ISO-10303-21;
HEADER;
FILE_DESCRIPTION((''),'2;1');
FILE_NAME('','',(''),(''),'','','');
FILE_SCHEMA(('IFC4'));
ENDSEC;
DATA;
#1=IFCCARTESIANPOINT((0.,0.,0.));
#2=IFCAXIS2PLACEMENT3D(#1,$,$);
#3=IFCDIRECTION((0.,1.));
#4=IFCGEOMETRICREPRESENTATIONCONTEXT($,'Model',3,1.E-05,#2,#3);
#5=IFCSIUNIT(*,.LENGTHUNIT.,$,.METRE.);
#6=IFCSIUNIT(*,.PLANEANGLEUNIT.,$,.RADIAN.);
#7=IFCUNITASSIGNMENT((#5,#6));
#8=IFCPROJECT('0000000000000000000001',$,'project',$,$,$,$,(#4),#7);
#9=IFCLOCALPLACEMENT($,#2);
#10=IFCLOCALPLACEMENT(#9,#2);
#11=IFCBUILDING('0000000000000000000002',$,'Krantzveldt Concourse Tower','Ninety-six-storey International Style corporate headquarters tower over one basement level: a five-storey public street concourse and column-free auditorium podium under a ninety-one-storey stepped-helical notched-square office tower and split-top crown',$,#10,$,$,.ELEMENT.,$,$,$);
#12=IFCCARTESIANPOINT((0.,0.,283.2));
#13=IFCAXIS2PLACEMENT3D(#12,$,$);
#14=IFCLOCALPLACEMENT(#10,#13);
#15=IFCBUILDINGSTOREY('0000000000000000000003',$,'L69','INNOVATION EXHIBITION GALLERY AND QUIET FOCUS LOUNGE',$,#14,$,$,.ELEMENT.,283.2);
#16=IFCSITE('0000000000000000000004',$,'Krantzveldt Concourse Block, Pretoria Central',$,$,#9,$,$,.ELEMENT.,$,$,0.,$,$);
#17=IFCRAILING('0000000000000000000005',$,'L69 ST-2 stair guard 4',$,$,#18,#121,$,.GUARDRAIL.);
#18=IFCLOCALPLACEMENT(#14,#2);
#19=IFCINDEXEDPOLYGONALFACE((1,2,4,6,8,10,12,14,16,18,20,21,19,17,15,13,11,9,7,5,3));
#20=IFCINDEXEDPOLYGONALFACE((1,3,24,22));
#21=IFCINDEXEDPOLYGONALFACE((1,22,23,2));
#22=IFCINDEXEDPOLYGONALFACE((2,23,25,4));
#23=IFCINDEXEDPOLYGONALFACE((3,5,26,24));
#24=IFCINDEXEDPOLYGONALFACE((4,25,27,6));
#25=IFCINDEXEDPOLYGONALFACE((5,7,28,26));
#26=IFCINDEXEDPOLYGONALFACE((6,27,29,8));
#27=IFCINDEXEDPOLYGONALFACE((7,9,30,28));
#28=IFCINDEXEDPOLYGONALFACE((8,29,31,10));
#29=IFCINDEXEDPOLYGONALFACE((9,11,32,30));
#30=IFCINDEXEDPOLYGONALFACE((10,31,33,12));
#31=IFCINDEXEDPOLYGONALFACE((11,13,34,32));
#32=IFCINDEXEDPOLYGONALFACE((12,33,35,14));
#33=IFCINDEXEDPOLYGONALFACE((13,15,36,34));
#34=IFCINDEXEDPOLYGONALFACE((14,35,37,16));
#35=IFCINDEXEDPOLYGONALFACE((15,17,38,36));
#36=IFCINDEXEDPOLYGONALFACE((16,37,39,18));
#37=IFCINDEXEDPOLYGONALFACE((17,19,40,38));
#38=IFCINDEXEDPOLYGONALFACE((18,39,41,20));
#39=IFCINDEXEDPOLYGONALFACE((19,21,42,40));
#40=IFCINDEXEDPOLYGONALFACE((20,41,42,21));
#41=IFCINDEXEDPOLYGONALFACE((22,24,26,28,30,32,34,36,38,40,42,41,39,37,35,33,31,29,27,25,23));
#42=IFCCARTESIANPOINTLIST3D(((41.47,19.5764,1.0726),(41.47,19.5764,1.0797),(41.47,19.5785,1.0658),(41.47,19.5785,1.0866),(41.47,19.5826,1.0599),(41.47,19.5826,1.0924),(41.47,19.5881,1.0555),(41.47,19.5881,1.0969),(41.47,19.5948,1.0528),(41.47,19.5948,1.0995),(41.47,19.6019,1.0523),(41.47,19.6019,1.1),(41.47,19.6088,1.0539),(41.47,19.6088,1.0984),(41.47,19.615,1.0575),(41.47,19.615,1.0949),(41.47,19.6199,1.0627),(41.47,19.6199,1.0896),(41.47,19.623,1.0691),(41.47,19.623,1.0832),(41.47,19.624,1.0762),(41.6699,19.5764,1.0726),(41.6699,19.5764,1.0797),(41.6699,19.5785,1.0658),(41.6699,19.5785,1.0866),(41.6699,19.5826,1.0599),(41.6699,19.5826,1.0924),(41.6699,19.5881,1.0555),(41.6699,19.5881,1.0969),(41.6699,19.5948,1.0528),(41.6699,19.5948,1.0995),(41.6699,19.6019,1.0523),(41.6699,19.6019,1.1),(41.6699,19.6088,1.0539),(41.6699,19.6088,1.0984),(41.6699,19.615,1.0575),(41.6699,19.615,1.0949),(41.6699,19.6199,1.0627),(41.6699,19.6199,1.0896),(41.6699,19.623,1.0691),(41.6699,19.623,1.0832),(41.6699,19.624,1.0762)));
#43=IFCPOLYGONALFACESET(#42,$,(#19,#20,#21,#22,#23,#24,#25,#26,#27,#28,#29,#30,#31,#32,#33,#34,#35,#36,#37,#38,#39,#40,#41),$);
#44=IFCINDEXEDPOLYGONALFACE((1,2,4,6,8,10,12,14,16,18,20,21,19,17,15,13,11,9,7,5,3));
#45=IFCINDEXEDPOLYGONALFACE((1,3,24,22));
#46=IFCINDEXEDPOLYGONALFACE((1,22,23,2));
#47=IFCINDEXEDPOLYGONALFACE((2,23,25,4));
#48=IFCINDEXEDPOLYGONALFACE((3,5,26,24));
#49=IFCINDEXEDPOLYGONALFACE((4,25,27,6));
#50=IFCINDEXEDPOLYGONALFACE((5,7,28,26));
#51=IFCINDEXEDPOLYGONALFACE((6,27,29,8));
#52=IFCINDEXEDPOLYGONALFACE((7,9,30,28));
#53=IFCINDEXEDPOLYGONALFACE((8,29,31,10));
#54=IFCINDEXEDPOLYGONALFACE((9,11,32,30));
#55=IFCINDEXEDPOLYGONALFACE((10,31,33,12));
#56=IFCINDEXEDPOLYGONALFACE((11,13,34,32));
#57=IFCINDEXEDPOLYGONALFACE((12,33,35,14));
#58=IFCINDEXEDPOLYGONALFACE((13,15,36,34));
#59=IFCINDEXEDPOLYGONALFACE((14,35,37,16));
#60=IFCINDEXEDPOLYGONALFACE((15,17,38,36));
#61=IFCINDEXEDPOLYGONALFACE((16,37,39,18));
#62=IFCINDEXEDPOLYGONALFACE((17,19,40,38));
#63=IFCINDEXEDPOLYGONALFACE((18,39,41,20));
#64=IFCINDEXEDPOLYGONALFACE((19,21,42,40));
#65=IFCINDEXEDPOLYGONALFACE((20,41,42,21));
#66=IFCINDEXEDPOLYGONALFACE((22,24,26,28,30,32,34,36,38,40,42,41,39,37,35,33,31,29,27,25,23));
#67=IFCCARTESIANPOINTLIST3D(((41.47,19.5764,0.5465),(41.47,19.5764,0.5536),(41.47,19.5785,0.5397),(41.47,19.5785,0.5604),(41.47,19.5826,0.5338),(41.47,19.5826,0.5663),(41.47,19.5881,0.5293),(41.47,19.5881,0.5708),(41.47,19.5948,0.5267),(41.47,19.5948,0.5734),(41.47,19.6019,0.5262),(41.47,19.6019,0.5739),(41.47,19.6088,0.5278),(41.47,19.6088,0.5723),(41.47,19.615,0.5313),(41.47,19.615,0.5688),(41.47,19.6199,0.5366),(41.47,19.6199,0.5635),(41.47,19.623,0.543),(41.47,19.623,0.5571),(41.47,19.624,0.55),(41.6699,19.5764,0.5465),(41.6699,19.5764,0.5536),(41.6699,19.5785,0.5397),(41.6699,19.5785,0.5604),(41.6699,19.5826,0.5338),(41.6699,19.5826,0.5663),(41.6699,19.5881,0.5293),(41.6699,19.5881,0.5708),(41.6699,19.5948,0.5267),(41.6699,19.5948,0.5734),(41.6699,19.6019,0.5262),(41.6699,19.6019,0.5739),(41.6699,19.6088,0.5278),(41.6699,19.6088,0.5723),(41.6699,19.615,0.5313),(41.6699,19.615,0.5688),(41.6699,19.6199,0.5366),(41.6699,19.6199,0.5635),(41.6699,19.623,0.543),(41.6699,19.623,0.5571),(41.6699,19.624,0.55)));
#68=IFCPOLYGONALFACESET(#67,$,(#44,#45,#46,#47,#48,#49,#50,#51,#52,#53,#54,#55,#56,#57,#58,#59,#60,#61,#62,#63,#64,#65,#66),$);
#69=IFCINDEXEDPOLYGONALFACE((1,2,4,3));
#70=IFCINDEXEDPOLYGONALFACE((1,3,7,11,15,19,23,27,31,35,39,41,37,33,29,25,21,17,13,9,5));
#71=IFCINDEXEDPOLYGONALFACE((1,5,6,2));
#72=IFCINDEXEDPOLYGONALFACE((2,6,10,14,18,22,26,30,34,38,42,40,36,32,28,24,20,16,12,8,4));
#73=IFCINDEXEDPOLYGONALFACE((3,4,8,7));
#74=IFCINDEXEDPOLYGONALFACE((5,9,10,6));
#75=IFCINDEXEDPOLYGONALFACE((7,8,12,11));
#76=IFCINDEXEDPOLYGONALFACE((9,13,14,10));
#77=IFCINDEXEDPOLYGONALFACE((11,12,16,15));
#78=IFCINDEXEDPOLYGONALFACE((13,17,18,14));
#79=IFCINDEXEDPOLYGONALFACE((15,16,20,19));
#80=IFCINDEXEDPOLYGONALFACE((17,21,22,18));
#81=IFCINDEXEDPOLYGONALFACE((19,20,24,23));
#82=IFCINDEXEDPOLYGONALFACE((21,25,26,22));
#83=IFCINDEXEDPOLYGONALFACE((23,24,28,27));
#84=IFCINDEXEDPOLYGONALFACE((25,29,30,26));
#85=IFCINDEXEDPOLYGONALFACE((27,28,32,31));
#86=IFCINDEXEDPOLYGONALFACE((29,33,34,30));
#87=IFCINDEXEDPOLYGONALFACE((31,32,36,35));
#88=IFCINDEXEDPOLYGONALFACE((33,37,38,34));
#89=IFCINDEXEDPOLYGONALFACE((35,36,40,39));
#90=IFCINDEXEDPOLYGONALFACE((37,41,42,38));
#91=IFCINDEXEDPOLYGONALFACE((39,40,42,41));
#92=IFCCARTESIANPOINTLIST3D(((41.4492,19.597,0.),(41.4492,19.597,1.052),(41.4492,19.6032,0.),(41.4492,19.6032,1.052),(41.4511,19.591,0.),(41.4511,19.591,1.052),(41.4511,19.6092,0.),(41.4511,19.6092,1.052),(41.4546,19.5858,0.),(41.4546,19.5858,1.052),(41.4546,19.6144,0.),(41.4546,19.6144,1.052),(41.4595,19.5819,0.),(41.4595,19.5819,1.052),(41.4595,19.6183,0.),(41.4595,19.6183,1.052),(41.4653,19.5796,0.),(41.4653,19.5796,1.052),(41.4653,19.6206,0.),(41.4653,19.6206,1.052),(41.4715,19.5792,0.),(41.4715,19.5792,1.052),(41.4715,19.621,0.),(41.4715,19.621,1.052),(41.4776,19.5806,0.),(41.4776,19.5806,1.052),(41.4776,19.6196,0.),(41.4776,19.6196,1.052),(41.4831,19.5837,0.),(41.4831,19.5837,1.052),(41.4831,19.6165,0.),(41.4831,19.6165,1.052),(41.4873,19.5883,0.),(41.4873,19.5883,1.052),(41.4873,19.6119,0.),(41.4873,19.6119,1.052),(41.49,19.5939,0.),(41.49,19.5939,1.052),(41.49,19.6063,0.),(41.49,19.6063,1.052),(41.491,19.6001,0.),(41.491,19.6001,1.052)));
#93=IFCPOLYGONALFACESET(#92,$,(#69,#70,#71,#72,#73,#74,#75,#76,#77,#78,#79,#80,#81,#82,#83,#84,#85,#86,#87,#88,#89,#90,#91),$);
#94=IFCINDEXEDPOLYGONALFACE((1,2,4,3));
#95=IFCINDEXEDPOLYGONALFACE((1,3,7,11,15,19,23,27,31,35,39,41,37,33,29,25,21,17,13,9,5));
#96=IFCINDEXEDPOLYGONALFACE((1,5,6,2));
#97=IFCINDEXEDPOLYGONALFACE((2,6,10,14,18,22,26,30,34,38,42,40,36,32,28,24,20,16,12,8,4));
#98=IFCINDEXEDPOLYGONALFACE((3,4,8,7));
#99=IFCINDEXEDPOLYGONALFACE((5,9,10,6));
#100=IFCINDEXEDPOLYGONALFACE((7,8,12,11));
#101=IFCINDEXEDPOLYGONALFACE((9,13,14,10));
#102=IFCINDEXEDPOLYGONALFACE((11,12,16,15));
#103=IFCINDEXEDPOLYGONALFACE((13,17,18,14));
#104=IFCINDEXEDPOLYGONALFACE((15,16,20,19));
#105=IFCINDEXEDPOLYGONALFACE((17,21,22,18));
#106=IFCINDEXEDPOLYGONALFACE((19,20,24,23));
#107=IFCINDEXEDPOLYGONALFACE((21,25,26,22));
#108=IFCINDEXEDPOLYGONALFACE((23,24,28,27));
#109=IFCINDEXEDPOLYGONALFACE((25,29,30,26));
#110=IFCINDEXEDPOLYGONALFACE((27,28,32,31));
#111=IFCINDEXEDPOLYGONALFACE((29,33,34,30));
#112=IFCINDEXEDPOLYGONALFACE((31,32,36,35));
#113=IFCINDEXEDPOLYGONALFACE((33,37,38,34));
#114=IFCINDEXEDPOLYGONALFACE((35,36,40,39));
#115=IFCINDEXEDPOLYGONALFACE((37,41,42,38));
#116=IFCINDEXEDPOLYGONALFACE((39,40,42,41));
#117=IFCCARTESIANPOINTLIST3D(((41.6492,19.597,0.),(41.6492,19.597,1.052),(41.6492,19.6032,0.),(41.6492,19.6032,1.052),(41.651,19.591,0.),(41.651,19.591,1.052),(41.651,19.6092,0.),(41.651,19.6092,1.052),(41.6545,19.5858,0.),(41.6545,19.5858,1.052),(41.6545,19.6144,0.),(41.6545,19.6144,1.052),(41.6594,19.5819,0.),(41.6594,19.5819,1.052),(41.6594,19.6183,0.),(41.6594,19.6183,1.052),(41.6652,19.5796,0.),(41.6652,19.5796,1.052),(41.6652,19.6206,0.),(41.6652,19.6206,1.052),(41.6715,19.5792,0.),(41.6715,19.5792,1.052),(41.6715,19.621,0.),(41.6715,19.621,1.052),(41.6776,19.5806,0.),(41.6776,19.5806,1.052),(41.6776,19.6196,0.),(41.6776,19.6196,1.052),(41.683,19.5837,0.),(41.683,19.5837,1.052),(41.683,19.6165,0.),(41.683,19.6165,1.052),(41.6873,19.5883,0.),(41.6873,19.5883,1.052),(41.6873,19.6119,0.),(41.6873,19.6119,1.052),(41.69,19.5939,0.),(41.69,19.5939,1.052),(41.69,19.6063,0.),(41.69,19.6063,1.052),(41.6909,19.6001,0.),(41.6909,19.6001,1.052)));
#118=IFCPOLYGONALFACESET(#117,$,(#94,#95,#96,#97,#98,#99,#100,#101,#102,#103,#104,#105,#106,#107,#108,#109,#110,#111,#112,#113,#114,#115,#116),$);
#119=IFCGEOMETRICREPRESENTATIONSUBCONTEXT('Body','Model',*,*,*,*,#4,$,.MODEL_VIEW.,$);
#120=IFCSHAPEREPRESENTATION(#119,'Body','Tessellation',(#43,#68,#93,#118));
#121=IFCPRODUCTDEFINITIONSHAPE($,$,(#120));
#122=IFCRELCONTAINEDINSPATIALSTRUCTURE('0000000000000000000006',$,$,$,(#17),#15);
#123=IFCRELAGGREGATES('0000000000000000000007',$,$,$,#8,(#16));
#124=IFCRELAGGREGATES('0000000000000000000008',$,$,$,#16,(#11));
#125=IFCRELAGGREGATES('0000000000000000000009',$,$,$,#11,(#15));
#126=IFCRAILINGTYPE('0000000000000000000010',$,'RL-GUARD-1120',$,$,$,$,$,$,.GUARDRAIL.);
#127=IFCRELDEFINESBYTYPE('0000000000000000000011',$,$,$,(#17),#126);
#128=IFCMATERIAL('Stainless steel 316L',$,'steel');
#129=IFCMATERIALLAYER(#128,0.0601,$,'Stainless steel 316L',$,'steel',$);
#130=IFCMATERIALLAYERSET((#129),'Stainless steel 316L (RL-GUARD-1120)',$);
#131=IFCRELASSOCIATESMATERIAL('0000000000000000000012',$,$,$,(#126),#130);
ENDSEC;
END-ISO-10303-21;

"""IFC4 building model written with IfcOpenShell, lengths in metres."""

from ifc_helpers import new_model, si_unit, direction, frame, origin, origin_2d, place, context, subcontext, project, spatial, circle, extrude, material, layer, layer_set, type_object, element, save


model = new_model("IFC4")

# Units and contexts
model_context = context("Model", 3, precision=1e-05, world=origin(), true_north=direction((0.0, 1.0)))
body_context = subcontext(model_context, "Body", "Model", "MODEL_VIEW")
ifc_project = project(units=[si_unit("LENGTHUNIT", "METRE"), si_unit("PLANEANGLEUNIT", "RADIAN")], contexts=[model_context])

# Site, building, storey
site_placement = place(None, origin())
site = spatial("IfcSite", under=ifc_project, at=site_placement, Name="Krantzveldt Concourse Block, Pretoria Central", CompositionType="ELEMENT", RefElevation=0.0)
building_placement = place(site_placement, origin())
building = spatial("IfcBuilding", under=site, at=building_placement, Name="Krantzveldt Concourse Tower", Description="Ninety-six-storey International Style corporate headquarters tower over one basement level: a five-storey public street concourse and column-free auditorium podium under a ninety-one-storey stepped-helical notched-square office tower and split-top crown", CompositionType="ELEMENT")
storey_placement = place(building_placement, frame((0.0, 0.0, 283.2)))
storey = spatial("IfcBuildingStorey", under=building, at=storey_placement, Name="L69", Description="INNOVATION EXHIBITION GALLERY AND QUIET FOCUS LOUNGE", CompositionType="ELEMENT", Elevation=283.2)

# Shared definitions
ifc_material_1 = material(Name="Stainless steel 316L", Category="steel")

# Railing
ifc_layer_1 = layer(ifc_material_1, 0.0601, Name="Stainless steel 316L", Category="steel")
ifc_layer_set_1 = layer_set([ifc_layer_1], Name="Stainless steel 316L (RL-GUARD-1120)")
railing_type_1 = type_object("IfcRailingType", Name="RL-GUARD-1120", PredefinedType="GUARDRAIL", material=ifc_layer_set_1)
for number, where, name in (
    (1, (41.47, 19.6001, 0.0), "L69 ST-2 stair guard 4"),
):
    element("IfcRailing", number, at=place(storey_placement, frame(where)), inside=storey, type_object=railing_type_1, Name=name, PredefinedType="GUARDRAIL", context=body_context, shape_type="SweptSolid", body=[
        extrude(circle(Radius=0.0239, at=origin_2d()), frame((0.0, 0.0, 1.0762), z_axis=(1.0, 0.0, 0.0), x_axis=(0.0, 1.0, 0.0)), (0.0, 0.0, 1.0), 0.2),
        extrude(circle(Radius=0.0239, at=origin_2d()), frame((0.0, 0.0, 0.55), z_axis=(1.0, 0.0, 0.0), x_axis=(0.0, 1.0, 0.0)), (0.0, 0.0, 1.0), 0.2),
        extrude(circle(Radius=0.021, at=origin_2d()), origin(), (0.0, 0.0, 1.0), 1.052),
        extrude(circle(Radius=0.021, at=origin_2d()), frame((0.2, 0.0, 0.0)), (0.0, 0.0, 1.0), 1.052),
    ])

save(model, "model.ifc")
